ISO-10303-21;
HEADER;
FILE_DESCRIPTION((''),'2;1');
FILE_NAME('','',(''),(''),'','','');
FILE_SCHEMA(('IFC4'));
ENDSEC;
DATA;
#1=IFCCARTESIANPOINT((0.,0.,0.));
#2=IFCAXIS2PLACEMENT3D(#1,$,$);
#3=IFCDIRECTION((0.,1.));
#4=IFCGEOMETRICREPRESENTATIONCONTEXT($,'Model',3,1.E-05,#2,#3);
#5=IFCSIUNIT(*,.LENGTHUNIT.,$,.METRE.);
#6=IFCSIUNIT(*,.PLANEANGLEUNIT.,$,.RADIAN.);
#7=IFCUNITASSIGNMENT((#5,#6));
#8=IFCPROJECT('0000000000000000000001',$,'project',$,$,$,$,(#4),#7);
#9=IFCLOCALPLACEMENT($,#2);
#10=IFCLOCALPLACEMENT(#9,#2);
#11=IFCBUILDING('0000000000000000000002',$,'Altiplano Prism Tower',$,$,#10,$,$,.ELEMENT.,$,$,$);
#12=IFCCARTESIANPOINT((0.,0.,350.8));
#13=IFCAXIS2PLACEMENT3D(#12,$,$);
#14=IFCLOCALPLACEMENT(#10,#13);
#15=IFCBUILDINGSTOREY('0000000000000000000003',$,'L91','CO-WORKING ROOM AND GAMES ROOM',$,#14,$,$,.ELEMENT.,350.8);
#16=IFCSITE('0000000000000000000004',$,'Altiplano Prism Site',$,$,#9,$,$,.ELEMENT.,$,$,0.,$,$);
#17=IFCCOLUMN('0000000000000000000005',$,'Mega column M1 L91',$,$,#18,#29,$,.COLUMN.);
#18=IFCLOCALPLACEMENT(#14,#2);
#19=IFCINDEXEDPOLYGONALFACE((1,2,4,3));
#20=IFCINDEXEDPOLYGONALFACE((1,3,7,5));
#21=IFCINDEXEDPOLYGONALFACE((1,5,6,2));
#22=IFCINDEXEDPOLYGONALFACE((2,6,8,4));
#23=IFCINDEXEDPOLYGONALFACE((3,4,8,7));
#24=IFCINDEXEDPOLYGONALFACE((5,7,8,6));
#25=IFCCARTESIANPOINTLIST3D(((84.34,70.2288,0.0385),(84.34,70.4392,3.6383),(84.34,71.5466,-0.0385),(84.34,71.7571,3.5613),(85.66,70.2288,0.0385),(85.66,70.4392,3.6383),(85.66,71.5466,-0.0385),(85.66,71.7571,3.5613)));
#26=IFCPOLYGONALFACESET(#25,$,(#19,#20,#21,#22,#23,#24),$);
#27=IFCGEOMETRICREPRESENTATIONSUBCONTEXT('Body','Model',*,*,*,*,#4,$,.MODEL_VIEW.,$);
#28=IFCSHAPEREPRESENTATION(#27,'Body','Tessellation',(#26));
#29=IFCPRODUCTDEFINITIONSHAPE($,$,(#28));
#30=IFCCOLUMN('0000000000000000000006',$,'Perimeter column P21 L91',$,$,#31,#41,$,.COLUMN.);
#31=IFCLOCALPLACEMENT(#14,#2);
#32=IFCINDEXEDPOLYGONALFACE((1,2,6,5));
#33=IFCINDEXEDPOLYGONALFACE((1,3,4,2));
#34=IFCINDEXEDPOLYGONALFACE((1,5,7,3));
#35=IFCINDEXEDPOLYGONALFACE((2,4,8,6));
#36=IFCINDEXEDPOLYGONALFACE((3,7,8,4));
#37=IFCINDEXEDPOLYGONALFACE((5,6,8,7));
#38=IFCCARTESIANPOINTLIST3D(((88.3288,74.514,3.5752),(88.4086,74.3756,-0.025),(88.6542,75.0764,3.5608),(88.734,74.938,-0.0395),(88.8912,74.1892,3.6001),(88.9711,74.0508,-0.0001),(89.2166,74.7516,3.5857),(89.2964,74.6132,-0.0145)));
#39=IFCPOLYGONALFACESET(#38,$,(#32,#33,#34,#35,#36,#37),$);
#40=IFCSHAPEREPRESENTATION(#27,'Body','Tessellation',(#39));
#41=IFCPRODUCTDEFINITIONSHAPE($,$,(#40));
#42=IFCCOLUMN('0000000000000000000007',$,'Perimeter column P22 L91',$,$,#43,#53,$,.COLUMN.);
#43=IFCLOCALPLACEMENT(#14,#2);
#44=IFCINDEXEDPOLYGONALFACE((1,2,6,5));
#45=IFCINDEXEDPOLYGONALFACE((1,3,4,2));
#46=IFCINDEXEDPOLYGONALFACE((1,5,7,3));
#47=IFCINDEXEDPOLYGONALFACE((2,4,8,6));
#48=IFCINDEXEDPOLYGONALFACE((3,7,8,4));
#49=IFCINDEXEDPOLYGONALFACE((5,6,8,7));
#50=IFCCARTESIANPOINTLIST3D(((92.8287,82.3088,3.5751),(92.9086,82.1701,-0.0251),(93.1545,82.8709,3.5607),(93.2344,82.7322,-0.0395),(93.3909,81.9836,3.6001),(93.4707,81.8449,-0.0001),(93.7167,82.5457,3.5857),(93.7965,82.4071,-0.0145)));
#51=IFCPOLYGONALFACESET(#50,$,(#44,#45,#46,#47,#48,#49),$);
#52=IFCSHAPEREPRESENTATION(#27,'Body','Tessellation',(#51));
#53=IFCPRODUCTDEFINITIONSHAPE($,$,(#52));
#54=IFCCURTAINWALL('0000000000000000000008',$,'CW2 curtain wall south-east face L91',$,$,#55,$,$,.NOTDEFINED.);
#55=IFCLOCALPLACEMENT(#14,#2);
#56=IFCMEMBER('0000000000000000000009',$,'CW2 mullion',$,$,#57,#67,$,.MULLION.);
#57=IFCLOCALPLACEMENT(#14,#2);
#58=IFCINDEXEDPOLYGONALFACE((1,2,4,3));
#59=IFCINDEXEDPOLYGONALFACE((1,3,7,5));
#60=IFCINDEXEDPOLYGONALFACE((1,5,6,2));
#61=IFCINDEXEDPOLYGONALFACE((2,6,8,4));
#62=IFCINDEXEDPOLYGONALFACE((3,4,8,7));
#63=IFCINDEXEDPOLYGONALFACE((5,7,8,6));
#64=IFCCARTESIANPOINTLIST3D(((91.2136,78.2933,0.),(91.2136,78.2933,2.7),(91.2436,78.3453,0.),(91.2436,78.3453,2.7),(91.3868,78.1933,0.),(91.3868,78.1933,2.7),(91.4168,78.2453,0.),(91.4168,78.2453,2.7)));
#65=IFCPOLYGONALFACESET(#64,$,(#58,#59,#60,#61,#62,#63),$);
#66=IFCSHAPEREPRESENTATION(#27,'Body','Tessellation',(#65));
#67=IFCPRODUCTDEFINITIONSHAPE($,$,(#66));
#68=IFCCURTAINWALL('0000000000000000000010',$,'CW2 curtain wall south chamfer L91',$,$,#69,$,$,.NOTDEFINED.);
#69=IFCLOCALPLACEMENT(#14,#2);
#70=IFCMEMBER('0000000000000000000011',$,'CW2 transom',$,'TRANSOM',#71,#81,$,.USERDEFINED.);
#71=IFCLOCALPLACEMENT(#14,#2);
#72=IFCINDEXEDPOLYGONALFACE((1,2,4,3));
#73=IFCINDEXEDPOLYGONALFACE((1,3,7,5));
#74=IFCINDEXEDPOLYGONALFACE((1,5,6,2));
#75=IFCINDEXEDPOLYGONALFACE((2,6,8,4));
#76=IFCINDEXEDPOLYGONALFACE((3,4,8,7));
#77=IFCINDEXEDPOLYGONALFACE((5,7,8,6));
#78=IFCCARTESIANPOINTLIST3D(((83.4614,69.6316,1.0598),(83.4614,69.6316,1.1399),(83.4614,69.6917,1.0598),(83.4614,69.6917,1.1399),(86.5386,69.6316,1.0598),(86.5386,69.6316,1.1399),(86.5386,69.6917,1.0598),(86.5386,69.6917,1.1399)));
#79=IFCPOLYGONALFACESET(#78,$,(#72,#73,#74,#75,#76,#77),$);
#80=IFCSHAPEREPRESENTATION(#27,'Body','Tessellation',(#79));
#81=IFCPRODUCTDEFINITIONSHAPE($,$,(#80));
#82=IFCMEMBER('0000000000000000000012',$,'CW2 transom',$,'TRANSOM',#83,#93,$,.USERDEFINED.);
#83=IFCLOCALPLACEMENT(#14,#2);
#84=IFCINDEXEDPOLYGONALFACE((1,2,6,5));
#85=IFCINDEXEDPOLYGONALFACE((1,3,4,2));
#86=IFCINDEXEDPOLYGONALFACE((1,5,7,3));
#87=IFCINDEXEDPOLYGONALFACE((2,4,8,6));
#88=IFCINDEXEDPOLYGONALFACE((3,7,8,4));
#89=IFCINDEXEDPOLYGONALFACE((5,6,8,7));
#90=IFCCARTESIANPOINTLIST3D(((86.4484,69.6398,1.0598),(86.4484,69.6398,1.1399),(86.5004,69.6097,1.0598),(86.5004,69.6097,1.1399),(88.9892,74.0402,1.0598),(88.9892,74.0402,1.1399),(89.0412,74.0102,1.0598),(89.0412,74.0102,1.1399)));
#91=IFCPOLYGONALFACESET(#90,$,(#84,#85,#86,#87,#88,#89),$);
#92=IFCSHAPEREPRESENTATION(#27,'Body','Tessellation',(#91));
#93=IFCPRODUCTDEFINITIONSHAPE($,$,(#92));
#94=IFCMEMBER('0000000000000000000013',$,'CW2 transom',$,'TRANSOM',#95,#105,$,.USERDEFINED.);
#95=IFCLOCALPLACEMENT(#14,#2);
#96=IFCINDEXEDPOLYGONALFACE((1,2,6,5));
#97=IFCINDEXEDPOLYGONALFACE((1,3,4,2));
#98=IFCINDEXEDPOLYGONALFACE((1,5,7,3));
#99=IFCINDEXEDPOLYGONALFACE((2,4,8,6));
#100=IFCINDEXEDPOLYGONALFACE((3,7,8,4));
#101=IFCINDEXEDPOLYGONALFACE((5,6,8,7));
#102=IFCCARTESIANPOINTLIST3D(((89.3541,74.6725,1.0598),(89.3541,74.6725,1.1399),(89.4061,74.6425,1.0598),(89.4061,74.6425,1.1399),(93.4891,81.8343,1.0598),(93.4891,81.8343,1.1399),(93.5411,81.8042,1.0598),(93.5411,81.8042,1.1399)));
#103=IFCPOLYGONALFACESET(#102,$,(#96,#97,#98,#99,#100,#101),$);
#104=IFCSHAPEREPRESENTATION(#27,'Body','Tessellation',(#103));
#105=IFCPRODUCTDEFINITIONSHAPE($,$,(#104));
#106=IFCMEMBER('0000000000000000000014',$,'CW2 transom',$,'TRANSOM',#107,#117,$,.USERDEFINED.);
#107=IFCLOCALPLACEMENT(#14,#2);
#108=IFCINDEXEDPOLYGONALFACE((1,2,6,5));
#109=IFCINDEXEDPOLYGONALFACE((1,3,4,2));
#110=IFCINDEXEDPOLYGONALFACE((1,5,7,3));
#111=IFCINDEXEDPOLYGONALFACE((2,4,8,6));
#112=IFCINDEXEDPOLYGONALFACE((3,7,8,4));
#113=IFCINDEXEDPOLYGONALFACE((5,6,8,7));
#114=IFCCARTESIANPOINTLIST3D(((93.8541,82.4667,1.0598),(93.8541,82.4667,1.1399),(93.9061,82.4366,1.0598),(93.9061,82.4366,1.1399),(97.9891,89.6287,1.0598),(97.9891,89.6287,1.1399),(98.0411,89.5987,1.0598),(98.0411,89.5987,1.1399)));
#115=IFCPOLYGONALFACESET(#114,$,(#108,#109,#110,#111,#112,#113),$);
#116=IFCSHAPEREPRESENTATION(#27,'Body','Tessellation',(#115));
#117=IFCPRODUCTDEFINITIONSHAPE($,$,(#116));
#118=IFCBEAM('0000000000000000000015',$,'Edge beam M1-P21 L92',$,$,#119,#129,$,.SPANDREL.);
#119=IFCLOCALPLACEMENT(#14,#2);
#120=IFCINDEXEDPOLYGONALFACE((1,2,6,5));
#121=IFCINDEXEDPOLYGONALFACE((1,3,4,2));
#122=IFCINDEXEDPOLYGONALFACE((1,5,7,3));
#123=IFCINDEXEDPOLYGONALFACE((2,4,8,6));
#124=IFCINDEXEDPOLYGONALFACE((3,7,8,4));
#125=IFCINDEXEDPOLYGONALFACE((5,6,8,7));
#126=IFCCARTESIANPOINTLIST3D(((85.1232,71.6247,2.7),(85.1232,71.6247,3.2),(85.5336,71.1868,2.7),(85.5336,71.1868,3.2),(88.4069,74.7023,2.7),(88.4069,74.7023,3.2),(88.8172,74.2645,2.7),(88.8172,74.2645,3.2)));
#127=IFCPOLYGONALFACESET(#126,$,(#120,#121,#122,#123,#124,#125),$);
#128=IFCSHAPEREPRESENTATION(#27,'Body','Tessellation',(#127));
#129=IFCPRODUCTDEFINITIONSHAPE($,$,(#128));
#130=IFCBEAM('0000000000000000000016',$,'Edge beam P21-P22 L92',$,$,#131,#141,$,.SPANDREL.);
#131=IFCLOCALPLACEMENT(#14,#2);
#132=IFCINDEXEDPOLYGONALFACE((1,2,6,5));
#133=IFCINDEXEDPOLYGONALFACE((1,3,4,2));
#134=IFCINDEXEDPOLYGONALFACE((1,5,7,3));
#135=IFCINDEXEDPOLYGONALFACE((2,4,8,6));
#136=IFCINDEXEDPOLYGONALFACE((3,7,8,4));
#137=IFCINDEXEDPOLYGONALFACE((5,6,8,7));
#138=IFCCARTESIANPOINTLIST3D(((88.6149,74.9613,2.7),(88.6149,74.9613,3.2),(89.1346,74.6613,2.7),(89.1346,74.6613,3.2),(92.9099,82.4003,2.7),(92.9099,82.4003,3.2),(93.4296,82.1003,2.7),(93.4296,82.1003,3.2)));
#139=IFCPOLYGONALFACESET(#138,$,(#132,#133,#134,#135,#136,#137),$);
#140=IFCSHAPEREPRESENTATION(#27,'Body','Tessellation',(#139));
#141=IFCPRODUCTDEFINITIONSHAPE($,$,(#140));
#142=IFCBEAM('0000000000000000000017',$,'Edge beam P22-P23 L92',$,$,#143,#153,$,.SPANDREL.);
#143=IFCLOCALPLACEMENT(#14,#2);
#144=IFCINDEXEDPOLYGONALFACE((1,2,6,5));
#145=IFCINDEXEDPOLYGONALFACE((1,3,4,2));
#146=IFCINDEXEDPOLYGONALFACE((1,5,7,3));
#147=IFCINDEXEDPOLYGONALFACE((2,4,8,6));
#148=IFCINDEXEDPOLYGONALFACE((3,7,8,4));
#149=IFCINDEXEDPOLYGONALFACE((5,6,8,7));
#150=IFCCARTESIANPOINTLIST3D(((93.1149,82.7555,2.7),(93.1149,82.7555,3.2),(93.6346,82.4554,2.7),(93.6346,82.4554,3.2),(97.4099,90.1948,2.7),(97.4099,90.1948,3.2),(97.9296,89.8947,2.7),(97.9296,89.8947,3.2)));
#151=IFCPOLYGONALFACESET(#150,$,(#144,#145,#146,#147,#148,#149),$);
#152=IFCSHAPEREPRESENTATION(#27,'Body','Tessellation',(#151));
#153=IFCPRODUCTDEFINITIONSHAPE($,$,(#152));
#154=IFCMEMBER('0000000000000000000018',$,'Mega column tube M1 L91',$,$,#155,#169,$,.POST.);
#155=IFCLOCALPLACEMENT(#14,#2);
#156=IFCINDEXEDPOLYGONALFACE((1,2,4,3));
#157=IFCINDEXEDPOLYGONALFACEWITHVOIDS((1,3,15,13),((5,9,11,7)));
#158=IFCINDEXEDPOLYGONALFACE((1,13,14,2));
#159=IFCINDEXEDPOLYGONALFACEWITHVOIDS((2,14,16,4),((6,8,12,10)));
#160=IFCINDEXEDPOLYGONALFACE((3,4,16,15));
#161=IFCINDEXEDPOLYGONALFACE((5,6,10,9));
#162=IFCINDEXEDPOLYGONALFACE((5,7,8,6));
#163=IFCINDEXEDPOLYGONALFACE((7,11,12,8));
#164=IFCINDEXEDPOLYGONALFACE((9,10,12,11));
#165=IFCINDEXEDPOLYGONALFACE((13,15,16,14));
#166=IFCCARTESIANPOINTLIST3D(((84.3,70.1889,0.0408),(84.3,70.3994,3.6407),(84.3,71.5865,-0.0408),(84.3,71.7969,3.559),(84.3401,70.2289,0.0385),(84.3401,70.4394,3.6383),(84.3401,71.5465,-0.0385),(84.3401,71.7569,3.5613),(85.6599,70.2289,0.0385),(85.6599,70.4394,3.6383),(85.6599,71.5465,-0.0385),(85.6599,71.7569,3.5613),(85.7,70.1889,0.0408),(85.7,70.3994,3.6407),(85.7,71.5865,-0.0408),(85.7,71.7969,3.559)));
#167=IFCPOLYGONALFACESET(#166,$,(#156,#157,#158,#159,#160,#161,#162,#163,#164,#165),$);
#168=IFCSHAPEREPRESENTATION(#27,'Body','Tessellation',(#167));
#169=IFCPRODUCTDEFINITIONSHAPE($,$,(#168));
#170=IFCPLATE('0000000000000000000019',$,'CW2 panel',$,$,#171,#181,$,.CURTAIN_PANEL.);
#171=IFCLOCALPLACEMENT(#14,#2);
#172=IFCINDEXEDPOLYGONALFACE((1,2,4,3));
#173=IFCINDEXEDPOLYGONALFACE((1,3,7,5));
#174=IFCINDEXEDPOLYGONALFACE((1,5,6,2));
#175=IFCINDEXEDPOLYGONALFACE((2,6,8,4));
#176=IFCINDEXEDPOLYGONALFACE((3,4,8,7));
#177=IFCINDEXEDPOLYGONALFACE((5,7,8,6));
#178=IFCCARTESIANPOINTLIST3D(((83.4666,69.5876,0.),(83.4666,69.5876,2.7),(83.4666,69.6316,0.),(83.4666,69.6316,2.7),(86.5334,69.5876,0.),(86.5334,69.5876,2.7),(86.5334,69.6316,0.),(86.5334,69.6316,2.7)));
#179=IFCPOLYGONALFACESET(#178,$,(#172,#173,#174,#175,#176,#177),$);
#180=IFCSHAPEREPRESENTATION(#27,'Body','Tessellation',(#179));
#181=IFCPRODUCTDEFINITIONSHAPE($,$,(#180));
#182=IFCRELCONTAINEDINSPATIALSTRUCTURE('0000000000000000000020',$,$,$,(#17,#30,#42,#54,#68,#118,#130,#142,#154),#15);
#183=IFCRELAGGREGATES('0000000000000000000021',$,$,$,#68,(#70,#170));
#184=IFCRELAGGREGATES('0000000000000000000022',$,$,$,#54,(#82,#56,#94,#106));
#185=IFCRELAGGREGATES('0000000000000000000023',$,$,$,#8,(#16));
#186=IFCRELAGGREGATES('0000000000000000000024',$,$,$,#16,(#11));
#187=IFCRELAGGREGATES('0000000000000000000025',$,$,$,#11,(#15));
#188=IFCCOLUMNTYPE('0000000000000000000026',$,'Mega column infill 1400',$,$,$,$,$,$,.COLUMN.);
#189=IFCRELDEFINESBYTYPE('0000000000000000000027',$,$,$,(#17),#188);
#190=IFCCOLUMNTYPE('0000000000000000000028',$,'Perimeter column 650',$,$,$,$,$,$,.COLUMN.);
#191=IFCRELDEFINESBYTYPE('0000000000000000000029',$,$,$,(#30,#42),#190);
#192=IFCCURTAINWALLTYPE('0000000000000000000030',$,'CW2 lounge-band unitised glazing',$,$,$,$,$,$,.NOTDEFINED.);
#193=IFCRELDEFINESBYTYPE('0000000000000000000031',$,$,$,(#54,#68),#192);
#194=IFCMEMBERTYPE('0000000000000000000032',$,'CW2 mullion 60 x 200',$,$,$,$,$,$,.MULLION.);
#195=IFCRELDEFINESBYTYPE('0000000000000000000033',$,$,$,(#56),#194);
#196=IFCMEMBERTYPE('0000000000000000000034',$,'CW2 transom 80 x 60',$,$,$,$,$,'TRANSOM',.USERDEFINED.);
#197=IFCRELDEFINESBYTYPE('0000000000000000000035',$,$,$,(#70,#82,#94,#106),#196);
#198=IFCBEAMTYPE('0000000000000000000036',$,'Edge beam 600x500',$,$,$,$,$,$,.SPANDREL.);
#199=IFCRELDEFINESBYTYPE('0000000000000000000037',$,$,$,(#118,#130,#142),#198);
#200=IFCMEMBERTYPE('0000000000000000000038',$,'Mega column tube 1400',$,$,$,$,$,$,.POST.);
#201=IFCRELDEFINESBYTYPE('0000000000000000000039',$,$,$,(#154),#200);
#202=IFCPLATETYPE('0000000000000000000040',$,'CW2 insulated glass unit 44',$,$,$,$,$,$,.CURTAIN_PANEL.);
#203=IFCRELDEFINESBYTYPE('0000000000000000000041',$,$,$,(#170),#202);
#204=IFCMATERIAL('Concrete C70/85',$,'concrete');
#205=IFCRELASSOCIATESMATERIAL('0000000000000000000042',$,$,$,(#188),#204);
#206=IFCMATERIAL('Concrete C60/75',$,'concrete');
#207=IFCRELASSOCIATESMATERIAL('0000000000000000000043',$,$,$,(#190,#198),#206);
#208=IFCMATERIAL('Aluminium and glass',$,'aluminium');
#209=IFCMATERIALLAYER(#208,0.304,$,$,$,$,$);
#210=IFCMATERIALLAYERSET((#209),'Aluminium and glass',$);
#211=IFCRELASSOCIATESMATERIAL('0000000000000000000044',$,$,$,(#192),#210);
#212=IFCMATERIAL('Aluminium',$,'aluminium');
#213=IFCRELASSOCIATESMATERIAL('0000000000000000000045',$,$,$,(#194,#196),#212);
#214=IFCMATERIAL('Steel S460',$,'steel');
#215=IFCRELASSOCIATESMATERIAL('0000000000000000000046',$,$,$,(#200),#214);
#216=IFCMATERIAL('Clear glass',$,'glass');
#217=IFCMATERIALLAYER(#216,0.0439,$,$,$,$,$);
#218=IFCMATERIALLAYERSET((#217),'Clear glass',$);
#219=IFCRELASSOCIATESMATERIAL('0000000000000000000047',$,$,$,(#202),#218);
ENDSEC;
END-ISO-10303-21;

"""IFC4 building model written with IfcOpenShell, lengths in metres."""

from ifc_helpers import new_model, si_unit, direction, frame, origin, origin_2d, place, context, subcontext, project, spatial, rectangle, hollow_rectangle, extrude, material, layer, layer_set, material_profile, profile_set, type_object, element, aggregate, save


model = new_model("IFC4")

# Units and contexts
model_context = context("Model", 3, precision=1e-05, world=origin(), true_north=direction((0.0, 1.0)))
body_context = subcontext(model_context, "Body", "Model", "MODEL_VIEW")
ifc_project = project(units=[si_unit("LENGTHUNIT", "METRE"), si_unit("PLANEANGLEUNIT", "RADIAN")], contexts=[model_context])

# Site, building, storey
site_placement = place(None, origin())
site = spatial("IfcSite", under=ifc_project, at=site_placement, Name="Altiplano Prism Site", CompositionType="ELEMENT", RefElevation=0.0)
building_placement = place(site_placement, origin())
building = spatial("IfcBuilding", under=site, at=building_placement, Name="Altiplano Prism Tower", CompositionType="ELEMENT")
storey_placement = place(building_placement, frame((0.0, 0.0, 350.8)))
storey = spatial("IfcBuildingStorey", under=building, at=storey_placement, Name="L91", Description="CO-WORKING ROOM AND GAMES ROOM", CompositionType="ELEMENT", Elevation=350.8)

# Columns
ifc_material_1 = material(Name="Concrete C70/85", Category="concrete")
ifc_material_profile_1 = material_profile(ifc_material_1, rectangle(XDim=1.3201, YDim=1.3201, at=origin_2d()), Name="Mega column infill 1400")
ifc_profile_set_1 = profile_set([ifc_material_profile_1], Name="Concrete C70/85")
column_type_1 = type_object("IfcColumnType", Name="Mega column infill 1400", PredefinedType="COLUMN", material=ifc_profile_set_1)
column_placement = place(storey_placement, frame((85.0, 70.8877, 0.0), z_axis=(0.0, 0.058361, 0.998296), x_axis=(-1.0, 0.0, 0.0)))
element("IfcColumn", 1, at=column_placement, inside=storey, type_object=column_type_1, Name="Mega column M1 L91", PredefinedType="COLUMN", context=body_context, shape_type="SweptSolid", body=[
    extrude(rectangle(XDim=1.3201, YDim=1.3201, at=origin_2d()), origin(), (0.0, 0.0, 1.0), 3.606),
])
ifc_material_2 = material(Name="Concrete C60/75", Category="concrete")
ifc_material_profile_2 = material_profile(ifc_material_2, rectangle(XDim=0.6499, YDim=0.6499, at=origin_2d()), Name="Perimeter column 650")
ifc_profile_set_2 = profile_set([ifc_material_profile_2], Name="Concrete C60/75")
column_type_2 = type_object("IfcColumnType", Name="Perimeter column 650", PredefinedType="COLUMN", material=ifc_profile_set_2)
for number, where, z_axis, x_axis, name in (
    (2, (88.8525, 74.4944, -0.0198), (-0.022154, 0.038413, 0.999016), (-0.500657, -0.865362, 0.022172), "Perimeter column P21 L91"),
    (3, (93.3525, 82.2886, -0.0198), (-0.022154, 0.038481, 0.999014), (-0.501318, -0.864979, 0.022201), "Perimeter column P22 L91"),
):
    element("IfcColumn", number, at=place(storey_placement, frame(where, z_axis=z_axis, x_axis=x_axis)), inside=storey, type_object=column_type_2, Name=name, PredefinedType="COLUMN", context=body_context, shape_type="SweptSolid", body=[
        extrude(rectangle(XDim=0.6499, YDim=0.6499, at=origin_2d()), origin(), (0.0, 0.0, 1.0), 3.6038),
    ])

# Curtain walls, members
ifc_material_3 = material(Name="Aluminium and glass", Category="aluminium")
ifc_layer_1 = layer(ifc_material_3, 0.304)
ifc_layer_set_1 = layer_set([ifc_layer_1], Name="Aluminium and glass")
curtain_wall_type = type_object("IfcCurtainWallType", Name="CW2 lounge-band unitised glazing", PredefinedType="NOTDEFINED", material=ifc_layer_set_1)
curtain_wall_1_placement = place(storey_placement, origin())
curtain_wall_1 = element("IfcCurtainWall", 4, at=curtain_wall_1_placement, inside=storey, type_object=curtain_wall_type, Name="CW2 curtain wall south-east face L91", PredefinedType="NOTDEFINED")
ifc_material_4 = material(Name="Aluminium", Category="aluminium")
ifc_material_profile_3 = material_profile(ifc_material_4, rectangle(XDim=0.2, YDim=0.0601, at=origin_2d()), Name="CW2 mullion 60 x 200")
ifc_profile_set_3 = profile_set([ifc_material_profile_3], Name="Aluminium")
member_type_1 = type_object("IfcMemberType", Name="CW2 mullion 60 x 200", PredefinedType="MULLION", material=ifc_profile_set_3)
member_1_placement = place(storey_placement, frame((91.3152, 78.2693, 0.0), z_axis=(0.0, 0.0, 1.0), x_axis=(-0.866025, 0.5, 0.0)))
member_1 = element("IfcMember", 5, at=member_1_placement, type_object=member_type_1, Name="CW2 mullion", PredefinedType="MULLION", context=body_context, shape_type="SweptSolid", body=[
    extrude(rectangle(XDim=0.2, YDim=0.0601, at=origin_2d()), origin(), (0.0, 0.0, 1.0), 2.7),
])
curtain_wall_2_placement = place(storey_placement, origin())
curtain_wall_2 = element("IfcCurtainWall", 6, at=curtain_wall_2_placement, inside=storey, type_object=curtain_wall_type, Name="CW2 curtain wall south chamfer L91", PredefinedType="NOTDEFINED")
ifc_material_profile_4 = material_profile(ifc_material_4, rectangle(XDim=0.0601, YDim=0.0801, at=origin_2d()), Name="CW2 transom 80 x 60")
ifc_profile_set_4 = profile_set([ifc_material_profile_4], Name="Aluminium")
member_type_2 = type_object("IfcMemberType", Name="CW2 transom 80 x 60", ElementType="TRANSOM", PredefinedType="USERDEFINED", material=ifc_profile_set_4)
member_2_placement = place(storey_placement, frame((83.4614, 69.6616, 1.0999), z_axis=(1.0, 0.0, 0.0), x_axis=(0.0, 1.0, 0.0)))
member_2 = element("IfcMember", 7, at=member_2_placement, type_object=member_type_2, Name="CW2 transom", ObjectType="TRANSOM", PredefinedType="USERDEFINED", context=body_context, shape_type="SweptSolid", body=[
    extrude(rectangle(XDim=0.0601, YDim=0.0801, at=origin_2d()), origin(), (0.0, 0.0, 1.0), 3.0771),
])

# Members
member_3_placement = place(storey_placement, frame((86.4744, 69.6248, 1.0999), z_axis=(0.50003, 0.866008, 0.0), x_axis=(-0.866008, 0.50003, 0.0)))
member_3 = element("IfcMember", 8, at=member_3_placement, type_object=member_type_2, Name="CW2 transom", ObjectType="TRANSOM", PredefinedType="USERDEFINED", context=body_context, shape_type="SweptSolid", body=[
    extrude(rectangle(XDim=0.0601, YDim=0.0801, at=origin_2d()), origin(), (0.0, 0.0, 1.0), 5.0813),
])
member_4_placement = place(storey_placement, frame((89.3801, 74.6575, 1.0999), z_axis=(0.50001, 0.86602, 0.0), x_axis=(-0.86602, 0.50001, 0.0)))
member_4 = element("IfcMember", 9, at=member_4_placement, type_object=member_type_2, Name="CW2 transom", ObjectType="TRANSOM", PredefinedType="USERDEFINED", context=body_context, shape_type="SweptSolid", body=[
    extrude(rectangle(XDim=0.0601, YDim=0.0801, at=origin_2d()), origin(), (0.0, 0.0, 1.0), 8.2698),
])
member_5_placement = place(storey_placement, frame((93.8801, 82.4517, 1.0999), z_axis=(0.499997, 0.866027, 0.0), x_axis=(-0.866027, 0.499997, 0.0)))
member_5 = element("IfcMember", 10, at=member_5_placement, type_object=member_type_2, Name="CW2 transom", ObjectType="TRANSOM", PredefinedType="USERDEFINED", context=body_context, shape_type="SweptSolid", body=[
    extrude(rectangle(XDim=0.0601, YDim=0.0801, at=origin_2d()), origin(), (0.0, 0.0, 1.0), 8.27),
])

# Beams
ifc_material_profile_5 = material_profile(ifc_material_2, rectangle(XDim=0.6001, YDim=0.5, at=origin_2d()), Name="Edge beam 600x500")
ifc_profile_set_5 = profile_set([ifc_material_profile_5], Name="Concrete C60/75")
beam_type = type_object("IfcBeamType", Name="Edge beam 600x500", PredefinedType="SPANDREL", material=ifc_profile_set_5)
beam_1_placement = place(storey_placement, frame((85.3284, 71.4058, 2.95), z_axis=(0.729629, 0.683844, 0.0), x_axis=(-0.683844, 0.729629, 0.0)))
element("IfcBeam", 11, at=beam_1_placement, inside=storey, type_object=beam_type, Name="Edge beam M1-P21 L92", PredefinedType="SPANDREL", context=body_context, shape_type="SweptSolid", body=[
    extrude(rectangle(XDim=0.6001, YDim=0.5, at=origin_2d()), origin(), (0.0, 0.0, 1.0), 4.5005),
])
beam_2_placement = place(storey_placement, frame((88.8748, 74.8113, 2.95), z_axis=(0.500003, 0.866024, 0.0), x_axis=(-0.866024, 0.500003, 0.0)))
element("IfcBeam", 12, at=beam_2_placement, inside=storey, type_object=beam_type, Name="Edge beam P21-P22 L92", PredefinedType="SPANDREL", context=body_context, shape_type="SweptSolid", body=[
    extrude(rectangle(XDim=0.6001, YDim=0.5, at=origin_2d()), origin(), (0.0, 0.0, 1.0), 8.5898),
])
beam_3_placement = place(storey_placement, frame((93.3748, 82.6055, 2.95), z_axis=(0.499991, 0.866031, 0.0), x_axis=(-0.866031, 0.499991, 0.0)))
element("IfcBeam", 13, at=beam_3_placement, inside=storey, type_object=beam_type, Name="Edge beam P22-P23 L92", PredefinedType="SPANDREL", context=body_context, shape_type="SweptSolid", body=[
    extrude(rectangle(XDim=0.6001, YDim=0.5, at=origin_2d()), origin(), (0.0, 0.0, 1.0), 8.5901),
])

# Member
ifc_material_5 = material(Name="Steel S460", Category="steel")
ifc_material_profile_6 = material_profile(ifc_material_5, hollow_rectangle(XDim=1.3999, YDim=1.3999, WallThickness=0.04, at=origin_2d()), Name="Mega column tube 1400")
ifc_profile_set_6 = profile_set([ifc_material_profile_6], Name="Steel S460")
member_type_3 = type_object("IfcMemberType", Name="Mega column tube 1400", PredefinedType="POST", material=ifc_profile_set_6)
member_6_placement = place(storey_placement, frame((85.0, 70.8877, 0.0), z_axis=(0.0, 0.058361, 0.998296), x_axis=(-1.0, 0.0, 0.0)))
element("IfcMember", 14, at=member_6_placement, inside=storey, type_object=member_type_3, Name="Mega column tube M1 L91", PredefinedType="POST", context=body_context, shape_type="SweptSolid", body=[
    extrude(hollow_rectangle(XDim=1.3999, YDim=1.3999, WallThickness=0.04, at=origin_2d()), origin(), (0.0, 0.0, 1.0), 3.606),
])

# Plate
ifc_material_6 = material(Name="Clear glass", Category="glass")
ifc_layer_2 = layer(ifc_material_6, 0.0439)
ifc_layer_set_2 = layer_set([ifc_layer_2], Name="Clear glass")
plate_type = type_object("IfcPlateType", Name="CW2 insulated glass unit 44", PredefinedType="CURTAIN_PANEL", material=ifc_layer_set_2)
plate_1_placement = place(storey_placement, frame((85.0, 69.6096, 0.0), z_axis=(0.0, 0.0, 1.0), x_axis=(1.0, 0.0, 0.0)))
plate_1 = element("IfcPlate", 15, at=plate_1_placement, type_object=plate_type, Name="CW2 panel", PredefinedType="CURTAIN_PANEL", context=body_context, shape_type="SweptSolid", body=[
    extrude(rectangle(XDim=3.0669, YDim=0.0439, at=origin_2d()), origin(), (0.0, 0.0, 1.0), 2.7),
])
aggregate(curtain_wall_2, [member_2, plate_1])
aggregate(curtain_wall_1, [member_3, member_1, member_4, member_5])

save(model, "model.ifc")
